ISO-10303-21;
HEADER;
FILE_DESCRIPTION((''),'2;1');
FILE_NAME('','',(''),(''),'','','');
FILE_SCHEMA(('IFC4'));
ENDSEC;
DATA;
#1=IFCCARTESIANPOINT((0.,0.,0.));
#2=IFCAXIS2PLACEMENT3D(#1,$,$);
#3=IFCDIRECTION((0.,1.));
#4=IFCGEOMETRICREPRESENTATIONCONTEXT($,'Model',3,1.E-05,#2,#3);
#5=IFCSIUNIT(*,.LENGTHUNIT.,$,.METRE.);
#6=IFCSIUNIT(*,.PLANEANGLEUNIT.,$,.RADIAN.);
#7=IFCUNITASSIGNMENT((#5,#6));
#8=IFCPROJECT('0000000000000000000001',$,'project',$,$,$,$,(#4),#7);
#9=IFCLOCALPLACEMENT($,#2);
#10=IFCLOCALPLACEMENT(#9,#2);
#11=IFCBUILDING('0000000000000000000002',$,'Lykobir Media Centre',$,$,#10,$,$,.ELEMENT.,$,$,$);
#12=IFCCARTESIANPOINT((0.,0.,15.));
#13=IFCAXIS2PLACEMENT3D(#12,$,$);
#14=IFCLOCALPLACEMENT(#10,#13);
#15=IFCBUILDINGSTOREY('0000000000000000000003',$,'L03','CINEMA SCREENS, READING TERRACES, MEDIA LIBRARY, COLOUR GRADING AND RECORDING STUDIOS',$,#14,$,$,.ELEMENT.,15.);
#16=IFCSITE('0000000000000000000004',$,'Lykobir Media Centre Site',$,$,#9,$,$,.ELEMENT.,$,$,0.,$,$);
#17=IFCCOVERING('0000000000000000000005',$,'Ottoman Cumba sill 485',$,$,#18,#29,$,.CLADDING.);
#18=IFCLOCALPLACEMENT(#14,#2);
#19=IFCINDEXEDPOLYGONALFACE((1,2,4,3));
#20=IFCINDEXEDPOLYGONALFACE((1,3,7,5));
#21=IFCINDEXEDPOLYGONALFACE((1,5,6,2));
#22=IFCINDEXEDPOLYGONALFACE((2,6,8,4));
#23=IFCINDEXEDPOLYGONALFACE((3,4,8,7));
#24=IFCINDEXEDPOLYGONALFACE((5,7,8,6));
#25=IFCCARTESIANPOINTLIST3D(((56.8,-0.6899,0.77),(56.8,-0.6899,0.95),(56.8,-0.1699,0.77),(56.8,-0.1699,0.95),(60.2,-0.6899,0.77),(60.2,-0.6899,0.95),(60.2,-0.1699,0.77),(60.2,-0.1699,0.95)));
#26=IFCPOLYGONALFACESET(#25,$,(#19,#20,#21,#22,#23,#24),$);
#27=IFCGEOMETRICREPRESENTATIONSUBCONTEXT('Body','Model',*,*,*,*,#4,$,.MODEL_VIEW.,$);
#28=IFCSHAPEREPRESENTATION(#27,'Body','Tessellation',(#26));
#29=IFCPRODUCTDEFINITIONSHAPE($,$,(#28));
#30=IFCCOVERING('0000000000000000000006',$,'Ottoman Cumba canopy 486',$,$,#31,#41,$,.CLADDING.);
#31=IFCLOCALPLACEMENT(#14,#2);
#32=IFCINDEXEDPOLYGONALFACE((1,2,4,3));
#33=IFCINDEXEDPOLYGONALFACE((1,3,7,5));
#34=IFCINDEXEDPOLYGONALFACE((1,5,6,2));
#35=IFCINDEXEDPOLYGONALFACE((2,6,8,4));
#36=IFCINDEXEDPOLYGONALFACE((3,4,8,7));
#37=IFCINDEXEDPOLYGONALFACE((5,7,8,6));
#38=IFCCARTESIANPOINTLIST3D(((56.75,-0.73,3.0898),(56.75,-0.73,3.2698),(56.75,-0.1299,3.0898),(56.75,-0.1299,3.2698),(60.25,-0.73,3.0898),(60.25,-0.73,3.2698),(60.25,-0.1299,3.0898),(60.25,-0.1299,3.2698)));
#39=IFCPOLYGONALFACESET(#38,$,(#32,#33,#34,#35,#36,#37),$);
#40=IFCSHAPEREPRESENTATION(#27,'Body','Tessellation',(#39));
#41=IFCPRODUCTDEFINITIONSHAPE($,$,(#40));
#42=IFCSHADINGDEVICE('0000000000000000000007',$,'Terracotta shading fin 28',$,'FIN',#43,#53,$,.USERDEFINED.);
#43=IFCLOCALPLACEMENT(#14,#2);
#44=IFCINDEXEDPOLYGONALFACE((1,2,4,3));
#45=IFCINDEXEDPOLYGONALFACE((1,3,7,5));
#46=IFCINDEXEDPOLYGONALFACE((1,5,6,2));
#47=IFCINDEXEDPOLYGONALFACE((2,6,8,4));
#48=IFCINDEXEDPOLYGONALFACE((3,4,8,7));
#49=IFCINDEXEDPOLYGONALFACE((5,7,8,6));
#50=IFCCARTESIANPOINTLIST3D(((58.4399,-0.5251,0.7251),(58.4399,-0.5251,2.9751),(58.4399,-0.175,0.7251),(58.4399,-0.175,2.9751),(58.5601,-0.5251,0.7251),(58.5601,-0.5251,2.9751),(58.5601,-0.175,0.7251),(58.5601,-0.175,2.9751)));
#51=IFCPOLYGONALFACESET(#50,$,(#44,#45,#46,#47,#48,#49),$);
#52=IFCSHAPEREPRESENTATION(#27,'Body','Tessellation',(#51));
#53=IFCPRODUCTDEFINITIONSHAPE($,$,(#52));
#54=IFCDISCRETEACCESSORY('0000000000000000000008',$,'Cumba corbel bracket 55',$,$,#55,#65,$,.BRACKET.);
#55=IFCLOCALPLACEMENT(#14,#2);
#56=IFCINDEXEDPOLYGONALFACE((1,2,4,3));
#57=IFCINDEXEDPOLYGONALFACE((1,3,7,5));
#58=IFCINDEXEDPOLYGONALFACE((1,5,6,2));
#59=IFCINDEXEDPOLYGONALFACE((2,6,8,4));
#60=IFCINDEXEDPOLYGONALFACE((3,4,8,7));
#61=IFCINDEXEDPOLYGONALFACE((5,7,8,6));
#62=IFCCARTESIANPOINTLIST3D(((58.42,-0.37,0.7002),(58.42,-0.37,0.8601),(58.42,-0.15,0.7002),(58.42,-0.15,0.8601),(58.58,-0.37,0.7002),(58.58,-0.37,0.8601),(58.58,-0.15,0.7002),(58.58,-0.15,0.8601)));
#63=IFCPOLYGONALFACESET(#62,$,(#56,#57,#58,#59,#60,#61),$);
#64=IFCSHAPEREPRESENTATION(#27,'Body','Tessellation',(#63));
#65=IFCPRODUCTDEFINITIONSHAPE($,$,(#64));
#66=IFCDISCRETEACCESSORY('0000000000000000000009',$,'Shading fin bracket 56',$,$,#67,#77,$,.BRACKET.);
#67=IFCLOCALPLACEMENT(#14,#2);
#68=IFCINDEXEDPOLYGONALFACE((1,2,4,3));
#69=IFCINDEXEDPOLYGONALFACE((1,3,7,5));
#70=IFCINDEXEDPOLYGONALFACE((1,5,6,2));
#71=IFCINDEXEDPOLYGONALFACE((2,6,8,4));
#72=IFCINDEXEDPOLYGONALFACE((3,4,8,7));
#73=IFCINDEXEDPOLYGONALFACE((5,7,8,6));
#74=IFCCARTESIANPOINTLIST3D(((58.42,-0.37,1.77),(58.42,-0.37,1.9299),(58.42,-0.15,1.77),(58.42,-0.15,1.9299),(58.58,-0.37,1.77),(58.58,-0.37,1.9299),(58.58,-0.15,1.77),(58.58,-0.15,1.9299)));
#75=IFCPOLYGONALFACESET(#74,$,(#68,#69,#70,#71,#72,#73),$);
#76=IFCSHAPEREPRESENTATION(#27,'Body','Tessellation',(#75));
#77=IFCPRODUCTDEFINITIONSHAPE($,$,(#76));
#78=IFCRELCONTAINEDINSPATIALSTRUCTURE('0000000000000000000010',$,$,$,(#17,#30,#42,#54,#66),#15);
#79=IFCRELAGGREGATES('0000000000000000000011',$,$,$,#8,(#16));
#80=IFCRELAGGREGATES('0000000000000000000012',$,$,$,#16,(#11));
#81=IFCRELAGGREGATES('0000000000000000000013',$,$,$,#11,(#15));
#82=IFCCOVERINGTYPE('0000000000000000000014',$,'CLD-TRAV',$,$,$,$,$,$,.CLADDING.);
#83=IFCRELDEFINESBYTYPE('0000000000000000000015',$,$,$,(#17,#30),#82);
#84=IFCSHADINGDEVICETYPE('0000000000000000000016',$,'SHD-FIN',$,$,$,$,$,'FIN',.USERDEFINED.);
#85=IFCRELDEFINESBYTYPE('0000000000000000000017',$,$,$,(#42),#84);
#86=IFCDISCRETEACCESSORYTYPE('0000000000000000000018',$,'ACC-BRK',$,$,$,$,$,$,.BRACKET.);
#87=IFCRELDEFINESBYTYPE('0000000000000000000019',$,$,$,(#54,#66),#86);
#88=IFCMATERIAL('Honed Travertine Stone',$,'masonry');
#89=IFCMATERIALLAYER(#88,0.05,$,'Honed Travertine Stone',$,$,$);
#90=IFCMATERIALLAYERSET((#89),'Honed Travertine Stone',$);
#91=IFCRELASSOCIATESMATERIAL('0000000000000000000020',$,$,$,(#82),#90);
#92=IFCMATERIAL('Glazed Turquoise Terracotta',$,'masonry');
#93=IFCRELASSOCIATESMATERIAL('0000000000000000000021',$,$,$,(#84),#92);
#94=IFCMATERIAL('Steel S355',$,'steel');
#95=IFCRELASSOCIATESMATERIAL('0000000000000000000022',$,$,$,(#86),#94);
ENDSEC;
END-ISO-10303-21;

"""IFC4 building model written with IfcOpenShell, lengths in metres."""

from ifc_helpers import new_model, si_unit, direction, frame, origin, origin_2d, place, context, subcontext, project, spatial, rectangle, extrude, material, layer, layer_set, type_object, element, save


model = new_model("IFC4")

# Units and contexts
model_context = context("Model", 3, precision=1e-05, world=origin(), true_north=direction((0.0, 1.0)))
body_context = subcontext(model_context, "Body", "Model", "MODEL_VIEW")
ifc_project = project(units=[si_unit("LENGTHUNIT", "METRE"), si_unit("PLANEANGLEUNIT", "RADIAN")], contexts=[model_context])

# Site, building, storey
site_placement = place(None, origin())
site = spatial("IfcSite", under=ifc_project, at=site_placement, Name="Lykobir Media Centre Site", CompositionType="ELEMENT", RefElevation=0.0)
building_placement = place(site_placement, origin())
building = spatial("IfcBuilding", under=site, at=building_placement, Name="Lykobir Media Centre", CompositionType="ELEMENT")
storey_placement = place(building_placement, frame((0.0, 0.0, 15.0)))
storey = spatial("IfcBuildingStorey", under=building, at=storey_placement, Name="L03", Description="CINEMA SCREENS, READING TERRACES, MEDIA LIBRARY, COLOUR GRADING AND RECORDING STUDIOS", CompositionType="ELEMENT", Elevation=15.0)

# Shared definitions
ifc_material_1 = material(Name="Steel S355", Category="steel")

# Coverings
ifc_material_2 = material(Name="Glazed Turquoise Terracotta", Category="masonry")
ifc_material_3 = material(Name="Honed Travertine Stone", Category="masonry")
ifc_layer_1 = layer(ifc_material_3, 0.05, Name="Honed Travertine Stone")
ifc_layer_set_1 = layer_set([ifc_layer_1], Name="Honed Travertine Stone")
covering_type_1 = type_object("IfcCoveringType", Name="CLD-TRAV", PredefinedType="CLADDING", material=ifc_layer_set_1)
covering_1_placement = place(storey_placement, frame((58.5, -0.4299, 0.77), z_axis=(0.0, 0.0, 1.0), x_axis=(1.0, 0.0, 0.0)))
element("IfcCovering", 1, at=covering_1_placement, inside=storey, type_object=covering_type_1, Name="Ottoman Cumba sill 485", PredefinedType="CLADDING", context=body_context, shape_type="SweptSolid", body=[
    extrude(rectangle(XDim=3.3999, YDim=0.52, at=origin_2d()), origin(), (0.0, 0.0, 1.0), 0.1799),
])
covering_2_placement = place(storey_placement, frame((58.5, -0.4299, 3.0898), z_axis=(0.0, 0.0, 1.0), x_axis=(1.0, 0.0, 0.0)))
element("IfcCovering", 2, at=covering_2_placement, inside=storey, type_object=covering_type_1, Name="Ottoman Cumba canopy 486", PredefinedType="CLADDING", context=body_context, shape_type="SweptSolid", body=[
    extrude(rectangle(XDim=3.5, YDim=0.6001, at=origin_2d()), origin(), (0.0, 0.0, 1.0), 0.1799),
])

# Shading device
shading_device_type = type_object("IfcShadingDeviceType", Name="SHD-FIN", ElementType="FIN", PredefinedType="USERDEFINED", material=ifc_material_2)
shading_device_placement = place(storey_placement, frame((58.5, -0.3501, 0.7251), z_axis=(0.0, 0.0, 1.0), x_axis=(1.0, 0.0, 0.0)))
element("IfcShadingDevice", 3, at=shading_device_placement, inside=storey, type_object=shading_device_type, Name="Terracotta shading fin 28", ObjectType="FIN", PredefinedType="USERDEFINED", context=body_context, shape_type="SweptSolid", body=[
    extrude(rectangle(XDim=0.1201, YDim=0.3501, at=origin_2d()), origin(), (0.0, 0.0, 1.0), 2.25),
])

# Discrete accessories
discrete_accessory_type = type_object("IfcDiscreteAccessoryType", Name="ACC-BRK", PredefinedType="BRACKET", material=ifc_material_1)
for number, where, z_axis, x_axis, name in (
    (4, (58.5, -0.26, 0.7002), (0.0, 0.0, 1.0), (1.0, 0.0, 0.0), "Cumba corbel bracket 55"),
    (5, (58.5, -0.26, 1.77), (0.0, 0.0, 1.0), (1.0, 0.0, 0.0), "Shading fin bracket 56"),
):
    element("IfcDiscreteAccessory", number, at=place(storey_placement, frame(where, z_axis=z_axis, x_axis=x_axis)), inside=storey, type_object=discrete_accessory_type, Name=name, PredefinedType="BRACKET", context=body_context, shape_type="SweptSolid", body=[
        extrude(rectangle(XDim=0.1599, YDim=0.22, at=origin_2d()), origin(), (0.0, 0.0, 1.0), 0.1599),
    ])

save(model, "model.ifc")
